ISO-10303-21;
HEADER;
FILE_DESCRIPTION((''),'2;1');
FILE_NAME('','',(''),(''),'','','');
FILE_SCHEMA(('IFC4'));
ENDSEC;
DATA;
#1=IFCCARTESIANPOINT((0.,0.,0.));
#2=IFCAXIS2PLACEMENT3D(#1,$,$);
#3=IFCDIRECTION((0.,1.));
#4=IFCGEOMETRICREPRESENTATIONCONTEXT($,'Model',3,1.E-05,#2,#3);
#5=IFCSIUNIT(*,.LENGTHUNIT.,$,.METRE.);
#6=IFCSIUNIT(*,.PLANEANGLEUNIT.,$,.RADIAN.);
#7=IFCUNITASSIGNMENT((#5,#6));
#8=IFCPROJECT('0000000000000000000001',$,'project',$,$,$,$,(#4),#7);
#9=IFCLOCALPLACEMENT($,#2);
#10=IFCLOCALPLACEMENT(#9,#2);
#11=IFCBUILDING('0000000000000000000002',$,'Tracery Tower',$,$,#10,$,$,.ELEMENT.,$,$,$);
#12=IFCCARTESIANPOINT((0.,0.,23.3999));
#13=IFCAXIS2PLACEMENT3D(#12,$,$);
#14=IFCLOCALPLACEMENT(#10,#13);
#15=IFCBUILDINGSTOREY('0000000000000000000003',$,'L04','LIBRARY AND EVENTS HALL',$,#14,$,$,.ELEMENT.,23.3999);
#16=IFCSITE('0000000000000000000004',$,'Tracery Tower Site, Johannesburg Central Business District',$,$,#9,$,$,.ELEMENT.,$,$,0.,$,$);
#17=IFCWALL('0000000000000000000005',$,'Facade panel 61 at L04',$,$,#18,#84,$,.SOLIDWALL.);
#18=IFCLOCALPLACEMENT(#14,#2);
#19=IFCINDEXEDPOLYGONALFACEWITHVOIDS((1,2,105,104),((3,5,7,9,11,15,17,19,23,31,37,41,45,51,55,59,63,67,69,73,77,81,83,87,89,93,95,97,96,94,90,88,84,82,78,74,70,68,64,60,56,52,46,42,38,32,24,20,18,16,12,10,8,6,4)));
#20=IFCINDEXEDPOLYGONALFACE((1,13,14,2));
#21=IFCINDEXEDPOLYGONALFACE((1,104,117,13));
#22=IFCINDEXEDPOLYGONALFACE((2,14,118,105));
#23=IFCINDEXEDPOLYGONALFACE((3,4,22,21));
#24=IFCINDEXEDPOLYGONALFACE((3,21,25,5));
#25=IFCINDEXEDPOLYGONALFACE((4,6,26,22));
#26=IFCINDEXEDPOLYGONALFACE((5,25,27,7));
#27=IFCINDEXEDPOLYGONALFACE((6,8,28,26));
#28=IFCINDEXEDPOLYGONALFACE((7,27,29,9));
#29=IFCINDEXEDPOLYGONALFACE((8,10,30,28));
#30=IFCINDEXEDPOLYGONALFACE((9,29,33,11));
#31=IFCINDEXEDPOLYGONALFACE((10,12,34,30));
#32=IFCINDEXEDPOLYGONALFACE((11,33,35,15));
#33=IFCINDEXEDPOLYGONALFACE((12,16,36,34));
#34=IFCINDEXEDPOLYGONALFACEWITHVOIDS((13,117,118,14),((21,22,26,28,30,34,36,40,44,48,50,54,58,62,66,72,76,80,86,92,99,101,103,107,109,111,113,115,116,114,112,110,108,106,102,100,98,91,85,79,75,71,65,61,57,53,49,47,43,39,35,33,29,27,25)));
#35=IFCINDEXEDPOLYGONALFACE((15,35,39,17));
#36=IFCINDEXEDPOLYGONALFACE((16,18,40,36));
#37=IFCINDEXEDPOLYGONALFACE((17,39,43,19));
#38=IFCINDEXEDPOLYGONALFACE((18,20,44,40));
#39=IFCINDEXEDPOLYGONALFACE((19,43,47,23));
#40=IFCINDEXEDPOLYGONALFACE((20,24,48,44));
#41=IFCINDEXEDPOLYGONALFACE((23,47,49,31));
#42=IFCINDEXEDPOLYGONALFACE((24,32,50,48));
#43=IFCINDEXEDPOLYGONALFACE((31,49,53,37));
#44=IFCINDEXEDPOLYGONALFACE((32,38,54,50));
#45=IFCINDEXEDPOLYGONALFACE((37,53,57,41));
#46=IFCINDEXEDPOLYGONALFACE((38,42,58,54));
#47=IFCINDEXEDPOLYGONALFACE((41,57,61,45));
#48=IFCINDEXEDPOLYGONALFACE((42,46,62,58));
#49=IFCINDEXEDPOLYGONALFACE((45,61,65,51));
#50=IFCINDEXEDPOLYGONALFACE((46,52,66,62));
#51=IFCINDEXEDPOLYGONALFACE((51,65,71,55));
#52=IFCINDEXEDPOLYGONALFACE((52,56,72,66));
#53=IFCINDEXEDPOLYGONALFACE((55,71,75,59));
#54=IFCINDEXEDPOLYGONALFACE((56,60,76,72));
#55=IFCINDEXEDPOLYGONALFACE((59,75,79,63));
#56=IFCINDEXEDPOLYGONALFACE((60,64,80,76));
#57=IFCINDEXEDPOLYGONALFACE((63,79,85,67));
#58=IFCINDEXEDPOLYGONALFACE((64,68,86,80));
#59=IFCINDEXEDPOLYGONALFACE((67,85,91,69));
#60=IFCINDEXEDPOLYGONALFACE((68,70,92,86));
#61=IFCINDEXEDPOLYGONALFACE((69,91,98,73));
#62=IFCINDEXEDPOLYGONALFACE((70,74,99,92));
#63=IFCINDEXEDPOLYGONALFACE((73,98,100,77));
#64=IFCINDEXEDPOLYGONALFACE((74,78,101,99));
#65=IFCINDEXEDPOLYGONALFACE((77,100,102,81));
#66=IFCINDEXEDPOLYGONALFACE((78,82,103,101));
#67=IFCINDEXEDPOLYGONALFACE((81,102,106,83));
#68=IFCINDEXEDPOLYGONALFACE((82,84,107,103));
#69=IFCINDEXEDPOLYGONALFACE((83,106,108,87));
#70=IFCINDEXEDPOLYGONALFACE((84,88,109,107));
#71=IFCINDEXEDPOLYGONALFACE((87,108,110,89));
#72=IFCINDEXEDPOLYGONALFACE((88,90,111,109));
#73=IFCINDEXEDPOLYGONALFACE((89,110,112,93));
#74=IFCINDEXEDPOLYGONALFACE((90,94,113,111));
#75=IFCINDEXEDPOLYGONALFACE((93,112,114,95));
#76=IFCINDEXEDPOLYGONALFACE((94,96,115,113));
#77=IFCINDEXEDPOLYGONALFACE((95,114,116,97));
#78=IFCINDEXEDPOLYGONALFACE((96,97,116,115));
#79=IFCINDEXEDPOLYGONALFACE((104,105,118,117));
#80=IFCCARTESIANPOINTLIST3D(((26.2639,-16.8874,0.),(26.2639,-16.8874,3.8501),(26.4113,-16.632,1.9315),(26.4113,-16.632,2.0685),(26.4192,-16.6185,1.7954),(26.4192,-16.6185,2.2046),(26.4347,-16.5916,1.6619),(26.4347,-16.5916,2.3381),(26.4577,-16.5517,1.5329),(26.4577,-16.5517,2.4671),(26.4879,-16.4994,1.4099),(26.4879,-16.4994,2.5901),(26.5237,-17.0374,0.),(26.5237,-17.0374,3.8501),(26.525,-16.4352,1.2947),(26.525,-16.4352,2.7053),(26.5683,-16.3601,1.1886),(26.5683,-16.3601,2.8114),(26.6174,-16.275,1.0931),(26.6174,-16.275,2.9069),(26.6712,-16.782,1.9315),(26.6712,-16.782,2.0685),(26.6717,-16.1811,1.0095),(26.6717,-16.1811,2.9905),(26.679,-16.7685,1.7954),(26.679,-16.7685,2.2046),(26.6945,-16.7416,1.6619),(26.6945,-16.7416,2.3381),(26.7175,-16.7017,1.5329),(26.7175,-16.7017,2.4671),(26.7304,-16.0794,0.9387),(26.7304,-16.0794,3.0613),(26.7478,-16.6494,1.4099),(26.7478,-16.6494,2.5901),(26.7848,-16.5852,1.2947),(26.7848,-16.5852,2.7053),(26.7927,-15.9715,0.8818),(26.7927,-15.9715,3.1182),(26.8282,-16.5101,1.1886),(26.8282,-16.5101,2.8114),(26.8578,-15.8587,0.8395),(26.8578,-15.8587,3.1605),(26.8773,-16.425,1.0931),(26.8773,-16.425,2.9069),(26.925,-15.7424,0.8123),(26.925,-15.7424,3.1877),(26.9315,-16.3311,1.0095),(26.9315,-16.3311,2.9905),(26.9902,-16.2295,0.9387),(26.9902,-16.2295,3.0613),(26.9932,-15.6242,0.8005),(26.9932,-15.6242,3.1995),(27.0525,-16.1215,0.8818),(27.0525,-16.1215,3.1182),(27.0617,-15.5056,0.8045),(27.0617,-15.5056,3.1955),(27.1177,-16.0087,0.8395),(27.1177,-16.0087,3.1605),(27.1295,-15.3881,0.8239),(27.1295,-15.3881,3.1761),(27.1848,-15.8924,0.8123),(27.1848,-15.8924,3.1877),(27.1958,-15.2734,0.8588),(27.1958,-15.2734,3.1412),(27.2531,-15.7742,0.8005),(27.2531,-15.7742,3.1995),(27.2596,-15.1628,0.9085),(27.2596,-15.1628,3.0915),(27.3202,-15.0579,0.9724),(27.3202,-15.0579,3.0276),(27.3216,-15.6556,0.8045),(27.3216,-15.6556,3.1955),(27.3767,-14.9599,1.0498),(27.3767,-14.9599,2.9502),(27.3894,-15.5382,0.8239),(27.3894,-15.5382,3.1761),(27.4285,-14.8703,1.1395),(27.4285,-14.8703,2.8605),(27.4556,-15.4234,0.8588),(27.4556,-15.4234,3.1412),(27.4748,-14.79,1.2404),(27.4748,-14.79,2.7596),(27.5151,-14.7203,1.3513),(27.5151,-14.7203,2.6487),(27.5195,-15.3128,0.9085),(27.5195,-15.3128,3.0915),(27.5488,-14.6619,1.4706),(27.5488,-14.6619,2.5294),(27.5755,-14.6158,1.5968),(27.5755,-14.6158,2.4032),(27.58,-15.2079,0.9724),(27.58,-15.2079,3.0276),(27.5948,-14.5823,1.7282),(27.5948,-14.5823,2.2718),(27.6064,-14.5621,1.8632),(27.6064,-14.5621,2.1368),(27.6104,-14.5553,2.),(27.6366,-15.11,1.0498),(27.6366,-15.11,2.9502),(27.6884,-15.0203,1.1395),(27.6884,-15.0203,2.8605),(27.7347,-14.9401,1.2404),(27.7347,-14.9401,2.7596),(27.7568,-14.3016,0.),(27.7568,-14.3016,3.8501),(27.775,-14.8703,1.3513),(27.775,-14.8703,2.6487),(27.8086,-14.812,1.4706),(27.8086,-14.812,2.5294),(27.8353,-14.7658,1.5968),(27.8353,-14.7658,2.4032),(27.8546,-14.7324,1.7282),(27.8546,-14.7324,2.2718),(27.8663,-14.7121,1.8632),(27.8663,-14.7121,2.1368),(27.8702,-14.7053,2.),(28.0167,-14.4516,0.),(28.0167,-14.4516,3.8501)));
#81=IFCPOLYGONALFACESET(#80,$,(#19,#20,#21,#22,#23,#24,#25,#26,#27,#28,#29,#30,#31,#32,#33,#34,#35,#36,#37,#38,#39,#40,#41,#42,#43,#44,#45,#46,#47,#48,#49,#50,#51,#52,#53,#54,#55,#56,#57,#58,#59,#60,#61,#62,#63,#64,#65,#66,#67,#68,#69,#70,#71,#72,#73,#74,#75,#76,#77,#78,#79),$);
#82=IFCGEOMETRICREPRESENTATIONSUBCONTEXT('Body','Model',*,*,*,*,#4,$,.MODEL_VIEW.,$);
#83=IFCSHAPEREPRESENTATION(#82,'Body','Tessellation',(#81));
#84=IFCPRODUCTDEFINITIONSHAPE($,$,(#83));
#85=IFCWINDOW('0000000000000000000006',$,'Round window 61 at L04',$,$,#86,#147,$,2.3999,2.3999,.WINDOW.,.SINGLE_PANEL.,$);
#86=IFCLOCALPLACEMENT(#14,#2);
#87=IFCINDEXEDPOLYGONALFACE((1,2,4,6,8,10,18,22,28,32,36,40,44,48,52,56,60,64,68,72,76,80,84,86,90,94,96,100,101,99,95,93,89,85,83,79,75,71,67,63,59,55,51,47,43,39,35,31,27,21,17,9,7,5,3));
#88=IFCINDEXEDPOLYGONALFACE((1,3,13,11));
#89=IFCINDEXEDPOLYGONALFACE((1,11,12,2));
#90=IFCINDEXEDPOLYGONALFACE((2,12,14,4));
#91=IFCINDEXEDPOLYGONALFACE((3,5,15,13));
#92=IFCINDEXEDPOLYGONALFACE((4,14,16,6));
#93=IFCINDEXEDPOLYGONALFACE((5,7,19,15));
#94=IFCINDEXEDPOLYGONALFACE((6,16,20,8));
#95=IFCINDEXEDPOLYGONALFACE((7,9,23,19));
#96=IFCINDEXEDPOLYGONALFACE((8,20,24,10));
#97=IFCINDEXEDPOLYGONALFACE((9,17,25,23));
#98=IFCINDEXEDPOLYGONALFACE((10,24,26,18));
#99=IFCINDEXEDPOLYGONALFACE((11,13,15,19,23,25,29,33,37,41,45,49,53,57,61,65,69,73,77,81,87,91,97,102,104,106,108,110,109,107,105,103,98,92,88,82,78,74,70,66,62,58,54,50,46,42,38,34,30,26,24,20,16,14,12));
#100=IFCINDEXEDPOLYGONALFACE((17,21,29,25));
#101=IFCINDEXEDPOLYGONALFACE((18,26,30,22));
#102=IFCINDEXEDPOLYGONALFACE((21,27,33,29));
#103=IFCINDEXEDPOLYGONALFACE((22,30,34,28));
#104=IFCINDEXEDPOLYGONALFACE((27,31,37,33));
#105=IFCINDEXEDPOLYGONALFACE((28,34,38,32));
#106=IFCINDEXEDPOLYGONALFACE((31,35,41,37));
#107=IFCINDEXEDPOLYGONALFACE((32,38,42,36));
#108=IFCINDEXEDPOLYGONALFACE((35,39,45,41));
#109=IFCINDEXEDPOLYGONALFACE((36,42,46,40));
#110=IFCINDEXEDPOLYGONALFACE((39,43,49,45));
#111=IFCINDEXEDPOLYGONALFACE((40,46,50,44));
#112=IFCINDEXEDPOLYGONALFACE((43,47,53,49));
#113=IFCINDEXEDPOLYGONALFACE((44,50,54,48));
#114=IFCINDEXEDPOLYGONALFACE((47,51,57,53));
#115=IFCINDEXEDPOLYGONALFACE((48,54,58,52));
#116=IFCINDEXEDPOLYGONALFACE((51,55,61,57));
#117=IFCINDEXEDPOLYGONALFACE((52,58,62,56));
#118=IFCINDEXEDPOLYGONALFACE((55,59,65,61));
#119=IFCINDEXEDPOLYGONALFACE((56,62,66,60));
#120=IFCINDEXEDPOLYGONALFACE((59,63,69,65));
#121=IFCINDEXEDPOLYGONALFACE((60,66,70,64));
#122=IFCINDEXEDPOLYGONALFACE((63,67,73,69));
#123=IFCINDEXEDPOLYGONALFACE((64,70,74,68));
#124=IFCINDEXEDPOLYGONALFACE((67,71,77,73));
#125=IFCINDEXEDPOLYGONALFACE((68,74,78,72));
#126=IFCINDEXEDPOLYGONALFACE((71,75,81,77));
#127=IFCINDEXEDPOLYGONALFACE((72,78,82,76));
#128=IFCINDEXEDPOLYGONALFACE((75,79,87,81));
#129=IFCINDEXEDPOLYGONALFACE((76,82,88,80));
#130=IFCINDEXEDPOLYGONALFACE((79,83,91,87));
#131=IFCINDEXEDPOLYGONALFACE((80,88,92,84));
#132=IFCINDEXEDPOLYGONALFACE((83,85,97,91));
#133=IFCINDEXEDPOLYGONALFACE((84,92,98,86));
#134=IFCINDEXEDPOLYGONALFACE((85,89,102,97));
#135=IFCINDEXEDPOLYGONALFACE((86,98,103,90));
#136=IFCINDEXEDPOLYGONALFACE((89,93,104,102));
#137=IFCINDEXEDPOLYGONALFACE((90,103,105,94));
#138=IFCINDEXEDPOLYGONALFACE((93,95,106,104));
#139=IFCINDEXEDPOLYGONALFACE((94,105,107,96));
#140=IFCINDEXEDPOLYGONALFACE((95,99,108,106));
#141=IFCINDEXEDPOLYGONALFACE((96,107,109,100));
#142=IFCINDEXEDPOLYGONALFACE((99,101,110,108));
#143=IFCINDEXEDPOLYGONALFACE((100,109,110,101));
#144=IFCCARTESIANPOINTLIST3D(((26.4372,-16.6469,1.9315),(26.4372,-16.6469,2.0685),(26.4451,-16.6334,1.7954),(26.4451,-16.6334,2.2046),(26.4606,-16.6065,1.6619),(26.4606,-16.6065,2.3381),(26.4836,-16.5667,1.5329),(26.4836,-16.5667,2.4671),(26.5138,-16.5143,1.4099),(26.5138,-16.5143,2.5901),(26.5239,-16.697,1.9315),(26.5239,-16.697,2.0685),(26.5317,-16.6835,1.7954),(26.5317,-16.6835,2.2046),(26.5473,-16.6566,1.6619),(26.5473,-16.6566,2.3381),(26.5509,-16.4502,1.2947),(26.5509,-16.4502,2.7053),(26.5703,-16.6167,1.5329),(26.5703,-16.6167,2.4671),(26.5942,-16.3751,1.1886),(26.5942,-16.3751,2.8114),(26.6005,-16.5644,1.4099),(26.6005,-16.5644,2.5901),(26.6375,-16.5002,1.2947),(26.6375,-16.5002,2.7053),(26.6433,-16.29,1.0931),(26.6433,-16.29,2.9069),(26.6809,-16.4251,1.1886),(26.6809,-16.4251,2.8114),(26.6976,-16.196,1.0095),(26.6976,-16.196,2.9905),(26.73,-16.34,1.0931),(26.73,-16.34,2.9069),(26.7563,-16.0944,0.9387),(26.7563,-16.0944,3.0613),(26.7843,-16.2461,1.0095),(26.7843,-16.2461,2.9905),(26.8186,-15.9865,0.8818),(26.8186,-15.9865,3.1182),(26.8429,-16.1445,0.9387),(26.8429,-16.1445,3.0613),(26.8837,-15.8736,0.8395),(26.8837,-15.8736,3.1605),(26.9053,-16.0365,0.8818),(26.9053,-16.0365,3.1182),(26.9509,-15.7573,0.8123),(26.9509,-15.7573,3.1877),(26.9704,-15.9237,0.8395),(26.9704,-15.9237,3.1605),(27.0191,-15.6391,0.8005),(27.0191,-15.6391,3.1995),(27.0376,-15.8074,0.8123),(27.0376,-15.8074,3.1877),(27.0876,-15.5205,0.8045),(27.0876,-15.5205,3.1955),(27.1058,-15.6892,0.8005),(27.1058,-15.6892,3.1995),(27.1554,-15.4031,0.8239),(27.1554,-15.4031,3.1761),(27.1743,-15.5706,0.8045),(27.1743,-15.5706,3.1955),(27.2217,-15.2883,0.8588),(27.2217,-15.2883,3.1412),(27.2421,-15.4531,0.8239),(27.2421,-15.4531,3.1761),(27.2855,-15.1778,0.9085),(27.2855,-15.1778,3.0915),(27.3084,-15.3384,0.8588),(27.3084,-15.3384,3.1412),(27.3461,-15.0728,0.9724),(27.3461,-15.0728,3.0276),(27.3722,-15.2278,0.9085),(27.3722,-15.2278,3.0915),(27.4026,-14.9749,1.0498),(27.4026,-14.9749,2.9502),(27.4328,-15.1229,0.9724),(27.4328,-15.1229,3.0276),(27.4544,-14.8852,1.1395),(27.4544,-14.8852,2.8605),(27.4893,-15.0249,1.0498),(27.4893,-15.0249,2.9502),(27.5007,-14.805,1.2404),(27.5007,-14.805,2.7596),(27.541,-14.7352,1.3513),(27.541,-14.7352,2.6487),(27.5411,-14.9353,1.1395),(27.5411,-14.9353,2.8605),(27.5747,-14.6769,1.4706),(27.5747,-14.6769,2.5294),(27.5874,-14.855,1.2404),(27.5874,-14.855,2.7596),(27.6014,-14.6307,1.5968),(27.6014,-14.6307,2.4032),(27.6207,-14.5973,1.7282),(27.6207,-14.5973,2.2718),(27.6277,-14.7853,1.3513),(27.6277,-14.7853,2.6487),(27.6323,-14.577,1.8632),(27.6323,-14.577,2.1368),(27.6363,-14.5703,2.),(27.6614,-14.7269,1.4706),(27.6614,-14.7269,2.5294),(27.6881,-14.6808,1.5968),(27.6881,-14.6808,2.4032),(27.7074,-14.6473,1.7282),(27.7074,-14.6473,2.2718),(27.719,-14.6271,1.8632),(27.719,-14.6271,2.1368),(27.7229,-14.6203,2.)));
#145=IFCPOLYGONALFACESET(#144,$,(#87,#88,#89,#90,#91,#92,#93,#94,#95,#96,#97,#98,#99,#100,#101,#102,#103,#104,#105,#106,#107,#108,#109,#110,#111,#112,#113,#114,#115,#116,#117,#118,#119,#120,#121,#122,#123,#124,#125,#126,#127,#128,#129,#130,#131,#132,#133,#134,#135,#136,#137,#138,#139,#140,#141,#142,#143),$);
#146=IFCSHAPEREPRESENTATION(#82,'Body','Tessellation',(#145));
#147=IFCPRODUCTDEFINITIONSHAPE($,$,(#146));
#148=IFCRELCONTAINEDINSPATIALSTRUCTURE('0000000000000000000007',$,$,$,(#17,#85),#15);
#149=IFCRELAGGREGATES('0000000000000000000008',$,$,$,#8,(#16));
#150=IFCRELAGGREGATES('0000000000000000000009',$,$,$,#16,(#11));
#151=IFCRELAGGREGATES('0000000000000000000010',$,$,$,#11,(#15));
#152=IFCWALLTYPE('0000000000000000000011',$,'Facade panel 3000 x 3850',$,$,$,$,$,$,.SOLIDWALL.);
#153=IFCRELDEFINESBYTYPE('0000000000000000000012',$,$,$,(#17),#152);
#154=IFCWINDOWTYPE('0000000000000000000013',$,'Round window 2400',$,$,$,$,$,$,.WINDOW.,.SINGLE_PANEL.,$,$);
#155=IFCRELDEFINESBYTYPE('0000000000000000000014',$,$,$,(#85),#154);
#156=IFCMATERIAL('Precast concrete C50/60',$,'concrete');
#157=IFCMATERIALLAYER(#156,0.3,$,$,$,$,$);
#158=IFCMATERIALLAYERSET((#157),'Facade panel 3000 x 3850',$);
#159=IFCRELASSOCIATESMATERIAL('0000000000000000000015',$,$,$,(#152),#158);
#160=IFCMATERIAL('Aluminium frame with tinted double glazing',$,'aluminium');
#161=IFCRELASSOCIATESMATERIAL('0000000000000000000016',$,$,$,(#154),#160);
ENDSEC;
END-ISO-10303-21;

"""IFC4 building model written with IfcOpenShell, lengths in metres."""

from ifc_helpers import new_model, si_unit, direction, frame, frame_2d, origin, origin_2d, place, context, subcontext, project, spatial, rectangle, circle, extrude, material, layer, layer_set, type_object, element, fill, save


model = new_model("IFC4")

# Units and contexts
model_context = context("Model", 3, precision=1e-05, world=origin(), true_north=direction((0.0, 1.0)))
body_context = subcontext(model_context, "Body", "Model", "MODEL_VIEW")
ifc_project = project(units=[si_unit("LENGTHUNIT", "METRE"), si_unit("PLANEANGLEUNIT", "RADIAN")], contexts=[model_context])

# Site, building, storey
site_placement = place(None, origin())
site = spatial("IfcSite", under=ifc_project, at=site_placement, Name="Tracery Tower Site, Johannesburg Central Business District", CompositionType="ELEMENT", RefElevation=0.0)
building_placement = place(site_placement, origin())
building = spatial("IfcBuilding", under=site, at=building_placement, Name="Tracery Tower", CompositionType="ELEMENT")
storey_placement = place(building_placement, frame((0.0, 0.0, 23.3999)))
storey = spatial("IfcBuildingStorey", under=building, at=storey_placement, Name="L04", Description="LIBRARY AND EVENTS HALL", CompositionType="ELEMENT", Elevation=23.3999)

# Wall, opening, window
ifc_material_1 = material(Name="Precast concrete C50/60", Category="concrete")
ifc_layer_1 = layer(ifc_material_1, 0.3)
ifc_layer_set_1 = layer_set([ifc_layer_1], Name="Facade panel 3000 x 3850")
wall_type_1 = type_object("IfcWallType", Name="Facade panel 3000 x 3850", PredefinedType="SOLIDWALL", material=ifc_layer_set_1)
ifc_material_2 = material(Name="Aluminium frame with tinted double glazing", Category="aluminium")
window_type = type_object("IfcWindowType", Name="Round window 2400", PartitioningType="SINGLE_PANEL", PredefinedType="WINDOW", material=ifc_material_2)
wall_1_placement = place(storey_placement, frame((26.3938, -16.9624, 0.0), z_axis=(0.0, 0.0, 1.0), x_axis=(0.500017, 0.866015, 0.0)))
wall_1 = element("IfcWall", 1, at=wall_1_placement, inside=storey, type_object=wall_type_1, Name="Facade panel 61 at L04", PredefinedType="SOLIDWALL", context=body_context, shape_type="SweptSolid", body=[
    extrude(rectangle(XDim=2.9858, YDim=0.3, at=frame_2d((1.4929, 0.0))), origin(), (0.0, 0.0, 1.0), 3.8501),
])
opening_1_placement = place(wall_1_placement, frame((1.4929, 0.0, 2.0)))
opening_1 = element("IfcOpeningElement", 2, at=opening_1_placement, cuts=wall_1, PredefinedType="OPENING", context=body_context, shape_type="SweptSolid", body=[
    extrude(circle(Radius=1.2, at=origin_2d()), frame((0.0, 0.1599, 0.0), z_axis=(0.0, -1.0, 0.0), x_axis=(1.0, 0.0, 0.0)), (0.0, 0.0, 1.0), 0.3201),
])
window_1_placement = place(opening_1_placement, origin())
window_1 = element("IfcWindow", 3, at=window_1_placement, inside=storey, type_object=window_type, Name="Round window 61 at L04", OverallHeight=2.3999, OverallWidth=2.3999, PartitioningType="SINGLE_PANEL", PredefinedType="WINDOW", context=body_context, shape_type="SweptSolid", body=[
    extrude(circle(Radius=1.2, at=origin_2d()), frame((0.0, 0.1201, 0.0), z_axis=(0.0, -1.0, 0.0), x_axis=(1.0, 0.0, 0.0)), (0.0, 0.0, 1.0), 0.1001),
])
fill(opening_1, window_1)

save(model, "model.ifc")
